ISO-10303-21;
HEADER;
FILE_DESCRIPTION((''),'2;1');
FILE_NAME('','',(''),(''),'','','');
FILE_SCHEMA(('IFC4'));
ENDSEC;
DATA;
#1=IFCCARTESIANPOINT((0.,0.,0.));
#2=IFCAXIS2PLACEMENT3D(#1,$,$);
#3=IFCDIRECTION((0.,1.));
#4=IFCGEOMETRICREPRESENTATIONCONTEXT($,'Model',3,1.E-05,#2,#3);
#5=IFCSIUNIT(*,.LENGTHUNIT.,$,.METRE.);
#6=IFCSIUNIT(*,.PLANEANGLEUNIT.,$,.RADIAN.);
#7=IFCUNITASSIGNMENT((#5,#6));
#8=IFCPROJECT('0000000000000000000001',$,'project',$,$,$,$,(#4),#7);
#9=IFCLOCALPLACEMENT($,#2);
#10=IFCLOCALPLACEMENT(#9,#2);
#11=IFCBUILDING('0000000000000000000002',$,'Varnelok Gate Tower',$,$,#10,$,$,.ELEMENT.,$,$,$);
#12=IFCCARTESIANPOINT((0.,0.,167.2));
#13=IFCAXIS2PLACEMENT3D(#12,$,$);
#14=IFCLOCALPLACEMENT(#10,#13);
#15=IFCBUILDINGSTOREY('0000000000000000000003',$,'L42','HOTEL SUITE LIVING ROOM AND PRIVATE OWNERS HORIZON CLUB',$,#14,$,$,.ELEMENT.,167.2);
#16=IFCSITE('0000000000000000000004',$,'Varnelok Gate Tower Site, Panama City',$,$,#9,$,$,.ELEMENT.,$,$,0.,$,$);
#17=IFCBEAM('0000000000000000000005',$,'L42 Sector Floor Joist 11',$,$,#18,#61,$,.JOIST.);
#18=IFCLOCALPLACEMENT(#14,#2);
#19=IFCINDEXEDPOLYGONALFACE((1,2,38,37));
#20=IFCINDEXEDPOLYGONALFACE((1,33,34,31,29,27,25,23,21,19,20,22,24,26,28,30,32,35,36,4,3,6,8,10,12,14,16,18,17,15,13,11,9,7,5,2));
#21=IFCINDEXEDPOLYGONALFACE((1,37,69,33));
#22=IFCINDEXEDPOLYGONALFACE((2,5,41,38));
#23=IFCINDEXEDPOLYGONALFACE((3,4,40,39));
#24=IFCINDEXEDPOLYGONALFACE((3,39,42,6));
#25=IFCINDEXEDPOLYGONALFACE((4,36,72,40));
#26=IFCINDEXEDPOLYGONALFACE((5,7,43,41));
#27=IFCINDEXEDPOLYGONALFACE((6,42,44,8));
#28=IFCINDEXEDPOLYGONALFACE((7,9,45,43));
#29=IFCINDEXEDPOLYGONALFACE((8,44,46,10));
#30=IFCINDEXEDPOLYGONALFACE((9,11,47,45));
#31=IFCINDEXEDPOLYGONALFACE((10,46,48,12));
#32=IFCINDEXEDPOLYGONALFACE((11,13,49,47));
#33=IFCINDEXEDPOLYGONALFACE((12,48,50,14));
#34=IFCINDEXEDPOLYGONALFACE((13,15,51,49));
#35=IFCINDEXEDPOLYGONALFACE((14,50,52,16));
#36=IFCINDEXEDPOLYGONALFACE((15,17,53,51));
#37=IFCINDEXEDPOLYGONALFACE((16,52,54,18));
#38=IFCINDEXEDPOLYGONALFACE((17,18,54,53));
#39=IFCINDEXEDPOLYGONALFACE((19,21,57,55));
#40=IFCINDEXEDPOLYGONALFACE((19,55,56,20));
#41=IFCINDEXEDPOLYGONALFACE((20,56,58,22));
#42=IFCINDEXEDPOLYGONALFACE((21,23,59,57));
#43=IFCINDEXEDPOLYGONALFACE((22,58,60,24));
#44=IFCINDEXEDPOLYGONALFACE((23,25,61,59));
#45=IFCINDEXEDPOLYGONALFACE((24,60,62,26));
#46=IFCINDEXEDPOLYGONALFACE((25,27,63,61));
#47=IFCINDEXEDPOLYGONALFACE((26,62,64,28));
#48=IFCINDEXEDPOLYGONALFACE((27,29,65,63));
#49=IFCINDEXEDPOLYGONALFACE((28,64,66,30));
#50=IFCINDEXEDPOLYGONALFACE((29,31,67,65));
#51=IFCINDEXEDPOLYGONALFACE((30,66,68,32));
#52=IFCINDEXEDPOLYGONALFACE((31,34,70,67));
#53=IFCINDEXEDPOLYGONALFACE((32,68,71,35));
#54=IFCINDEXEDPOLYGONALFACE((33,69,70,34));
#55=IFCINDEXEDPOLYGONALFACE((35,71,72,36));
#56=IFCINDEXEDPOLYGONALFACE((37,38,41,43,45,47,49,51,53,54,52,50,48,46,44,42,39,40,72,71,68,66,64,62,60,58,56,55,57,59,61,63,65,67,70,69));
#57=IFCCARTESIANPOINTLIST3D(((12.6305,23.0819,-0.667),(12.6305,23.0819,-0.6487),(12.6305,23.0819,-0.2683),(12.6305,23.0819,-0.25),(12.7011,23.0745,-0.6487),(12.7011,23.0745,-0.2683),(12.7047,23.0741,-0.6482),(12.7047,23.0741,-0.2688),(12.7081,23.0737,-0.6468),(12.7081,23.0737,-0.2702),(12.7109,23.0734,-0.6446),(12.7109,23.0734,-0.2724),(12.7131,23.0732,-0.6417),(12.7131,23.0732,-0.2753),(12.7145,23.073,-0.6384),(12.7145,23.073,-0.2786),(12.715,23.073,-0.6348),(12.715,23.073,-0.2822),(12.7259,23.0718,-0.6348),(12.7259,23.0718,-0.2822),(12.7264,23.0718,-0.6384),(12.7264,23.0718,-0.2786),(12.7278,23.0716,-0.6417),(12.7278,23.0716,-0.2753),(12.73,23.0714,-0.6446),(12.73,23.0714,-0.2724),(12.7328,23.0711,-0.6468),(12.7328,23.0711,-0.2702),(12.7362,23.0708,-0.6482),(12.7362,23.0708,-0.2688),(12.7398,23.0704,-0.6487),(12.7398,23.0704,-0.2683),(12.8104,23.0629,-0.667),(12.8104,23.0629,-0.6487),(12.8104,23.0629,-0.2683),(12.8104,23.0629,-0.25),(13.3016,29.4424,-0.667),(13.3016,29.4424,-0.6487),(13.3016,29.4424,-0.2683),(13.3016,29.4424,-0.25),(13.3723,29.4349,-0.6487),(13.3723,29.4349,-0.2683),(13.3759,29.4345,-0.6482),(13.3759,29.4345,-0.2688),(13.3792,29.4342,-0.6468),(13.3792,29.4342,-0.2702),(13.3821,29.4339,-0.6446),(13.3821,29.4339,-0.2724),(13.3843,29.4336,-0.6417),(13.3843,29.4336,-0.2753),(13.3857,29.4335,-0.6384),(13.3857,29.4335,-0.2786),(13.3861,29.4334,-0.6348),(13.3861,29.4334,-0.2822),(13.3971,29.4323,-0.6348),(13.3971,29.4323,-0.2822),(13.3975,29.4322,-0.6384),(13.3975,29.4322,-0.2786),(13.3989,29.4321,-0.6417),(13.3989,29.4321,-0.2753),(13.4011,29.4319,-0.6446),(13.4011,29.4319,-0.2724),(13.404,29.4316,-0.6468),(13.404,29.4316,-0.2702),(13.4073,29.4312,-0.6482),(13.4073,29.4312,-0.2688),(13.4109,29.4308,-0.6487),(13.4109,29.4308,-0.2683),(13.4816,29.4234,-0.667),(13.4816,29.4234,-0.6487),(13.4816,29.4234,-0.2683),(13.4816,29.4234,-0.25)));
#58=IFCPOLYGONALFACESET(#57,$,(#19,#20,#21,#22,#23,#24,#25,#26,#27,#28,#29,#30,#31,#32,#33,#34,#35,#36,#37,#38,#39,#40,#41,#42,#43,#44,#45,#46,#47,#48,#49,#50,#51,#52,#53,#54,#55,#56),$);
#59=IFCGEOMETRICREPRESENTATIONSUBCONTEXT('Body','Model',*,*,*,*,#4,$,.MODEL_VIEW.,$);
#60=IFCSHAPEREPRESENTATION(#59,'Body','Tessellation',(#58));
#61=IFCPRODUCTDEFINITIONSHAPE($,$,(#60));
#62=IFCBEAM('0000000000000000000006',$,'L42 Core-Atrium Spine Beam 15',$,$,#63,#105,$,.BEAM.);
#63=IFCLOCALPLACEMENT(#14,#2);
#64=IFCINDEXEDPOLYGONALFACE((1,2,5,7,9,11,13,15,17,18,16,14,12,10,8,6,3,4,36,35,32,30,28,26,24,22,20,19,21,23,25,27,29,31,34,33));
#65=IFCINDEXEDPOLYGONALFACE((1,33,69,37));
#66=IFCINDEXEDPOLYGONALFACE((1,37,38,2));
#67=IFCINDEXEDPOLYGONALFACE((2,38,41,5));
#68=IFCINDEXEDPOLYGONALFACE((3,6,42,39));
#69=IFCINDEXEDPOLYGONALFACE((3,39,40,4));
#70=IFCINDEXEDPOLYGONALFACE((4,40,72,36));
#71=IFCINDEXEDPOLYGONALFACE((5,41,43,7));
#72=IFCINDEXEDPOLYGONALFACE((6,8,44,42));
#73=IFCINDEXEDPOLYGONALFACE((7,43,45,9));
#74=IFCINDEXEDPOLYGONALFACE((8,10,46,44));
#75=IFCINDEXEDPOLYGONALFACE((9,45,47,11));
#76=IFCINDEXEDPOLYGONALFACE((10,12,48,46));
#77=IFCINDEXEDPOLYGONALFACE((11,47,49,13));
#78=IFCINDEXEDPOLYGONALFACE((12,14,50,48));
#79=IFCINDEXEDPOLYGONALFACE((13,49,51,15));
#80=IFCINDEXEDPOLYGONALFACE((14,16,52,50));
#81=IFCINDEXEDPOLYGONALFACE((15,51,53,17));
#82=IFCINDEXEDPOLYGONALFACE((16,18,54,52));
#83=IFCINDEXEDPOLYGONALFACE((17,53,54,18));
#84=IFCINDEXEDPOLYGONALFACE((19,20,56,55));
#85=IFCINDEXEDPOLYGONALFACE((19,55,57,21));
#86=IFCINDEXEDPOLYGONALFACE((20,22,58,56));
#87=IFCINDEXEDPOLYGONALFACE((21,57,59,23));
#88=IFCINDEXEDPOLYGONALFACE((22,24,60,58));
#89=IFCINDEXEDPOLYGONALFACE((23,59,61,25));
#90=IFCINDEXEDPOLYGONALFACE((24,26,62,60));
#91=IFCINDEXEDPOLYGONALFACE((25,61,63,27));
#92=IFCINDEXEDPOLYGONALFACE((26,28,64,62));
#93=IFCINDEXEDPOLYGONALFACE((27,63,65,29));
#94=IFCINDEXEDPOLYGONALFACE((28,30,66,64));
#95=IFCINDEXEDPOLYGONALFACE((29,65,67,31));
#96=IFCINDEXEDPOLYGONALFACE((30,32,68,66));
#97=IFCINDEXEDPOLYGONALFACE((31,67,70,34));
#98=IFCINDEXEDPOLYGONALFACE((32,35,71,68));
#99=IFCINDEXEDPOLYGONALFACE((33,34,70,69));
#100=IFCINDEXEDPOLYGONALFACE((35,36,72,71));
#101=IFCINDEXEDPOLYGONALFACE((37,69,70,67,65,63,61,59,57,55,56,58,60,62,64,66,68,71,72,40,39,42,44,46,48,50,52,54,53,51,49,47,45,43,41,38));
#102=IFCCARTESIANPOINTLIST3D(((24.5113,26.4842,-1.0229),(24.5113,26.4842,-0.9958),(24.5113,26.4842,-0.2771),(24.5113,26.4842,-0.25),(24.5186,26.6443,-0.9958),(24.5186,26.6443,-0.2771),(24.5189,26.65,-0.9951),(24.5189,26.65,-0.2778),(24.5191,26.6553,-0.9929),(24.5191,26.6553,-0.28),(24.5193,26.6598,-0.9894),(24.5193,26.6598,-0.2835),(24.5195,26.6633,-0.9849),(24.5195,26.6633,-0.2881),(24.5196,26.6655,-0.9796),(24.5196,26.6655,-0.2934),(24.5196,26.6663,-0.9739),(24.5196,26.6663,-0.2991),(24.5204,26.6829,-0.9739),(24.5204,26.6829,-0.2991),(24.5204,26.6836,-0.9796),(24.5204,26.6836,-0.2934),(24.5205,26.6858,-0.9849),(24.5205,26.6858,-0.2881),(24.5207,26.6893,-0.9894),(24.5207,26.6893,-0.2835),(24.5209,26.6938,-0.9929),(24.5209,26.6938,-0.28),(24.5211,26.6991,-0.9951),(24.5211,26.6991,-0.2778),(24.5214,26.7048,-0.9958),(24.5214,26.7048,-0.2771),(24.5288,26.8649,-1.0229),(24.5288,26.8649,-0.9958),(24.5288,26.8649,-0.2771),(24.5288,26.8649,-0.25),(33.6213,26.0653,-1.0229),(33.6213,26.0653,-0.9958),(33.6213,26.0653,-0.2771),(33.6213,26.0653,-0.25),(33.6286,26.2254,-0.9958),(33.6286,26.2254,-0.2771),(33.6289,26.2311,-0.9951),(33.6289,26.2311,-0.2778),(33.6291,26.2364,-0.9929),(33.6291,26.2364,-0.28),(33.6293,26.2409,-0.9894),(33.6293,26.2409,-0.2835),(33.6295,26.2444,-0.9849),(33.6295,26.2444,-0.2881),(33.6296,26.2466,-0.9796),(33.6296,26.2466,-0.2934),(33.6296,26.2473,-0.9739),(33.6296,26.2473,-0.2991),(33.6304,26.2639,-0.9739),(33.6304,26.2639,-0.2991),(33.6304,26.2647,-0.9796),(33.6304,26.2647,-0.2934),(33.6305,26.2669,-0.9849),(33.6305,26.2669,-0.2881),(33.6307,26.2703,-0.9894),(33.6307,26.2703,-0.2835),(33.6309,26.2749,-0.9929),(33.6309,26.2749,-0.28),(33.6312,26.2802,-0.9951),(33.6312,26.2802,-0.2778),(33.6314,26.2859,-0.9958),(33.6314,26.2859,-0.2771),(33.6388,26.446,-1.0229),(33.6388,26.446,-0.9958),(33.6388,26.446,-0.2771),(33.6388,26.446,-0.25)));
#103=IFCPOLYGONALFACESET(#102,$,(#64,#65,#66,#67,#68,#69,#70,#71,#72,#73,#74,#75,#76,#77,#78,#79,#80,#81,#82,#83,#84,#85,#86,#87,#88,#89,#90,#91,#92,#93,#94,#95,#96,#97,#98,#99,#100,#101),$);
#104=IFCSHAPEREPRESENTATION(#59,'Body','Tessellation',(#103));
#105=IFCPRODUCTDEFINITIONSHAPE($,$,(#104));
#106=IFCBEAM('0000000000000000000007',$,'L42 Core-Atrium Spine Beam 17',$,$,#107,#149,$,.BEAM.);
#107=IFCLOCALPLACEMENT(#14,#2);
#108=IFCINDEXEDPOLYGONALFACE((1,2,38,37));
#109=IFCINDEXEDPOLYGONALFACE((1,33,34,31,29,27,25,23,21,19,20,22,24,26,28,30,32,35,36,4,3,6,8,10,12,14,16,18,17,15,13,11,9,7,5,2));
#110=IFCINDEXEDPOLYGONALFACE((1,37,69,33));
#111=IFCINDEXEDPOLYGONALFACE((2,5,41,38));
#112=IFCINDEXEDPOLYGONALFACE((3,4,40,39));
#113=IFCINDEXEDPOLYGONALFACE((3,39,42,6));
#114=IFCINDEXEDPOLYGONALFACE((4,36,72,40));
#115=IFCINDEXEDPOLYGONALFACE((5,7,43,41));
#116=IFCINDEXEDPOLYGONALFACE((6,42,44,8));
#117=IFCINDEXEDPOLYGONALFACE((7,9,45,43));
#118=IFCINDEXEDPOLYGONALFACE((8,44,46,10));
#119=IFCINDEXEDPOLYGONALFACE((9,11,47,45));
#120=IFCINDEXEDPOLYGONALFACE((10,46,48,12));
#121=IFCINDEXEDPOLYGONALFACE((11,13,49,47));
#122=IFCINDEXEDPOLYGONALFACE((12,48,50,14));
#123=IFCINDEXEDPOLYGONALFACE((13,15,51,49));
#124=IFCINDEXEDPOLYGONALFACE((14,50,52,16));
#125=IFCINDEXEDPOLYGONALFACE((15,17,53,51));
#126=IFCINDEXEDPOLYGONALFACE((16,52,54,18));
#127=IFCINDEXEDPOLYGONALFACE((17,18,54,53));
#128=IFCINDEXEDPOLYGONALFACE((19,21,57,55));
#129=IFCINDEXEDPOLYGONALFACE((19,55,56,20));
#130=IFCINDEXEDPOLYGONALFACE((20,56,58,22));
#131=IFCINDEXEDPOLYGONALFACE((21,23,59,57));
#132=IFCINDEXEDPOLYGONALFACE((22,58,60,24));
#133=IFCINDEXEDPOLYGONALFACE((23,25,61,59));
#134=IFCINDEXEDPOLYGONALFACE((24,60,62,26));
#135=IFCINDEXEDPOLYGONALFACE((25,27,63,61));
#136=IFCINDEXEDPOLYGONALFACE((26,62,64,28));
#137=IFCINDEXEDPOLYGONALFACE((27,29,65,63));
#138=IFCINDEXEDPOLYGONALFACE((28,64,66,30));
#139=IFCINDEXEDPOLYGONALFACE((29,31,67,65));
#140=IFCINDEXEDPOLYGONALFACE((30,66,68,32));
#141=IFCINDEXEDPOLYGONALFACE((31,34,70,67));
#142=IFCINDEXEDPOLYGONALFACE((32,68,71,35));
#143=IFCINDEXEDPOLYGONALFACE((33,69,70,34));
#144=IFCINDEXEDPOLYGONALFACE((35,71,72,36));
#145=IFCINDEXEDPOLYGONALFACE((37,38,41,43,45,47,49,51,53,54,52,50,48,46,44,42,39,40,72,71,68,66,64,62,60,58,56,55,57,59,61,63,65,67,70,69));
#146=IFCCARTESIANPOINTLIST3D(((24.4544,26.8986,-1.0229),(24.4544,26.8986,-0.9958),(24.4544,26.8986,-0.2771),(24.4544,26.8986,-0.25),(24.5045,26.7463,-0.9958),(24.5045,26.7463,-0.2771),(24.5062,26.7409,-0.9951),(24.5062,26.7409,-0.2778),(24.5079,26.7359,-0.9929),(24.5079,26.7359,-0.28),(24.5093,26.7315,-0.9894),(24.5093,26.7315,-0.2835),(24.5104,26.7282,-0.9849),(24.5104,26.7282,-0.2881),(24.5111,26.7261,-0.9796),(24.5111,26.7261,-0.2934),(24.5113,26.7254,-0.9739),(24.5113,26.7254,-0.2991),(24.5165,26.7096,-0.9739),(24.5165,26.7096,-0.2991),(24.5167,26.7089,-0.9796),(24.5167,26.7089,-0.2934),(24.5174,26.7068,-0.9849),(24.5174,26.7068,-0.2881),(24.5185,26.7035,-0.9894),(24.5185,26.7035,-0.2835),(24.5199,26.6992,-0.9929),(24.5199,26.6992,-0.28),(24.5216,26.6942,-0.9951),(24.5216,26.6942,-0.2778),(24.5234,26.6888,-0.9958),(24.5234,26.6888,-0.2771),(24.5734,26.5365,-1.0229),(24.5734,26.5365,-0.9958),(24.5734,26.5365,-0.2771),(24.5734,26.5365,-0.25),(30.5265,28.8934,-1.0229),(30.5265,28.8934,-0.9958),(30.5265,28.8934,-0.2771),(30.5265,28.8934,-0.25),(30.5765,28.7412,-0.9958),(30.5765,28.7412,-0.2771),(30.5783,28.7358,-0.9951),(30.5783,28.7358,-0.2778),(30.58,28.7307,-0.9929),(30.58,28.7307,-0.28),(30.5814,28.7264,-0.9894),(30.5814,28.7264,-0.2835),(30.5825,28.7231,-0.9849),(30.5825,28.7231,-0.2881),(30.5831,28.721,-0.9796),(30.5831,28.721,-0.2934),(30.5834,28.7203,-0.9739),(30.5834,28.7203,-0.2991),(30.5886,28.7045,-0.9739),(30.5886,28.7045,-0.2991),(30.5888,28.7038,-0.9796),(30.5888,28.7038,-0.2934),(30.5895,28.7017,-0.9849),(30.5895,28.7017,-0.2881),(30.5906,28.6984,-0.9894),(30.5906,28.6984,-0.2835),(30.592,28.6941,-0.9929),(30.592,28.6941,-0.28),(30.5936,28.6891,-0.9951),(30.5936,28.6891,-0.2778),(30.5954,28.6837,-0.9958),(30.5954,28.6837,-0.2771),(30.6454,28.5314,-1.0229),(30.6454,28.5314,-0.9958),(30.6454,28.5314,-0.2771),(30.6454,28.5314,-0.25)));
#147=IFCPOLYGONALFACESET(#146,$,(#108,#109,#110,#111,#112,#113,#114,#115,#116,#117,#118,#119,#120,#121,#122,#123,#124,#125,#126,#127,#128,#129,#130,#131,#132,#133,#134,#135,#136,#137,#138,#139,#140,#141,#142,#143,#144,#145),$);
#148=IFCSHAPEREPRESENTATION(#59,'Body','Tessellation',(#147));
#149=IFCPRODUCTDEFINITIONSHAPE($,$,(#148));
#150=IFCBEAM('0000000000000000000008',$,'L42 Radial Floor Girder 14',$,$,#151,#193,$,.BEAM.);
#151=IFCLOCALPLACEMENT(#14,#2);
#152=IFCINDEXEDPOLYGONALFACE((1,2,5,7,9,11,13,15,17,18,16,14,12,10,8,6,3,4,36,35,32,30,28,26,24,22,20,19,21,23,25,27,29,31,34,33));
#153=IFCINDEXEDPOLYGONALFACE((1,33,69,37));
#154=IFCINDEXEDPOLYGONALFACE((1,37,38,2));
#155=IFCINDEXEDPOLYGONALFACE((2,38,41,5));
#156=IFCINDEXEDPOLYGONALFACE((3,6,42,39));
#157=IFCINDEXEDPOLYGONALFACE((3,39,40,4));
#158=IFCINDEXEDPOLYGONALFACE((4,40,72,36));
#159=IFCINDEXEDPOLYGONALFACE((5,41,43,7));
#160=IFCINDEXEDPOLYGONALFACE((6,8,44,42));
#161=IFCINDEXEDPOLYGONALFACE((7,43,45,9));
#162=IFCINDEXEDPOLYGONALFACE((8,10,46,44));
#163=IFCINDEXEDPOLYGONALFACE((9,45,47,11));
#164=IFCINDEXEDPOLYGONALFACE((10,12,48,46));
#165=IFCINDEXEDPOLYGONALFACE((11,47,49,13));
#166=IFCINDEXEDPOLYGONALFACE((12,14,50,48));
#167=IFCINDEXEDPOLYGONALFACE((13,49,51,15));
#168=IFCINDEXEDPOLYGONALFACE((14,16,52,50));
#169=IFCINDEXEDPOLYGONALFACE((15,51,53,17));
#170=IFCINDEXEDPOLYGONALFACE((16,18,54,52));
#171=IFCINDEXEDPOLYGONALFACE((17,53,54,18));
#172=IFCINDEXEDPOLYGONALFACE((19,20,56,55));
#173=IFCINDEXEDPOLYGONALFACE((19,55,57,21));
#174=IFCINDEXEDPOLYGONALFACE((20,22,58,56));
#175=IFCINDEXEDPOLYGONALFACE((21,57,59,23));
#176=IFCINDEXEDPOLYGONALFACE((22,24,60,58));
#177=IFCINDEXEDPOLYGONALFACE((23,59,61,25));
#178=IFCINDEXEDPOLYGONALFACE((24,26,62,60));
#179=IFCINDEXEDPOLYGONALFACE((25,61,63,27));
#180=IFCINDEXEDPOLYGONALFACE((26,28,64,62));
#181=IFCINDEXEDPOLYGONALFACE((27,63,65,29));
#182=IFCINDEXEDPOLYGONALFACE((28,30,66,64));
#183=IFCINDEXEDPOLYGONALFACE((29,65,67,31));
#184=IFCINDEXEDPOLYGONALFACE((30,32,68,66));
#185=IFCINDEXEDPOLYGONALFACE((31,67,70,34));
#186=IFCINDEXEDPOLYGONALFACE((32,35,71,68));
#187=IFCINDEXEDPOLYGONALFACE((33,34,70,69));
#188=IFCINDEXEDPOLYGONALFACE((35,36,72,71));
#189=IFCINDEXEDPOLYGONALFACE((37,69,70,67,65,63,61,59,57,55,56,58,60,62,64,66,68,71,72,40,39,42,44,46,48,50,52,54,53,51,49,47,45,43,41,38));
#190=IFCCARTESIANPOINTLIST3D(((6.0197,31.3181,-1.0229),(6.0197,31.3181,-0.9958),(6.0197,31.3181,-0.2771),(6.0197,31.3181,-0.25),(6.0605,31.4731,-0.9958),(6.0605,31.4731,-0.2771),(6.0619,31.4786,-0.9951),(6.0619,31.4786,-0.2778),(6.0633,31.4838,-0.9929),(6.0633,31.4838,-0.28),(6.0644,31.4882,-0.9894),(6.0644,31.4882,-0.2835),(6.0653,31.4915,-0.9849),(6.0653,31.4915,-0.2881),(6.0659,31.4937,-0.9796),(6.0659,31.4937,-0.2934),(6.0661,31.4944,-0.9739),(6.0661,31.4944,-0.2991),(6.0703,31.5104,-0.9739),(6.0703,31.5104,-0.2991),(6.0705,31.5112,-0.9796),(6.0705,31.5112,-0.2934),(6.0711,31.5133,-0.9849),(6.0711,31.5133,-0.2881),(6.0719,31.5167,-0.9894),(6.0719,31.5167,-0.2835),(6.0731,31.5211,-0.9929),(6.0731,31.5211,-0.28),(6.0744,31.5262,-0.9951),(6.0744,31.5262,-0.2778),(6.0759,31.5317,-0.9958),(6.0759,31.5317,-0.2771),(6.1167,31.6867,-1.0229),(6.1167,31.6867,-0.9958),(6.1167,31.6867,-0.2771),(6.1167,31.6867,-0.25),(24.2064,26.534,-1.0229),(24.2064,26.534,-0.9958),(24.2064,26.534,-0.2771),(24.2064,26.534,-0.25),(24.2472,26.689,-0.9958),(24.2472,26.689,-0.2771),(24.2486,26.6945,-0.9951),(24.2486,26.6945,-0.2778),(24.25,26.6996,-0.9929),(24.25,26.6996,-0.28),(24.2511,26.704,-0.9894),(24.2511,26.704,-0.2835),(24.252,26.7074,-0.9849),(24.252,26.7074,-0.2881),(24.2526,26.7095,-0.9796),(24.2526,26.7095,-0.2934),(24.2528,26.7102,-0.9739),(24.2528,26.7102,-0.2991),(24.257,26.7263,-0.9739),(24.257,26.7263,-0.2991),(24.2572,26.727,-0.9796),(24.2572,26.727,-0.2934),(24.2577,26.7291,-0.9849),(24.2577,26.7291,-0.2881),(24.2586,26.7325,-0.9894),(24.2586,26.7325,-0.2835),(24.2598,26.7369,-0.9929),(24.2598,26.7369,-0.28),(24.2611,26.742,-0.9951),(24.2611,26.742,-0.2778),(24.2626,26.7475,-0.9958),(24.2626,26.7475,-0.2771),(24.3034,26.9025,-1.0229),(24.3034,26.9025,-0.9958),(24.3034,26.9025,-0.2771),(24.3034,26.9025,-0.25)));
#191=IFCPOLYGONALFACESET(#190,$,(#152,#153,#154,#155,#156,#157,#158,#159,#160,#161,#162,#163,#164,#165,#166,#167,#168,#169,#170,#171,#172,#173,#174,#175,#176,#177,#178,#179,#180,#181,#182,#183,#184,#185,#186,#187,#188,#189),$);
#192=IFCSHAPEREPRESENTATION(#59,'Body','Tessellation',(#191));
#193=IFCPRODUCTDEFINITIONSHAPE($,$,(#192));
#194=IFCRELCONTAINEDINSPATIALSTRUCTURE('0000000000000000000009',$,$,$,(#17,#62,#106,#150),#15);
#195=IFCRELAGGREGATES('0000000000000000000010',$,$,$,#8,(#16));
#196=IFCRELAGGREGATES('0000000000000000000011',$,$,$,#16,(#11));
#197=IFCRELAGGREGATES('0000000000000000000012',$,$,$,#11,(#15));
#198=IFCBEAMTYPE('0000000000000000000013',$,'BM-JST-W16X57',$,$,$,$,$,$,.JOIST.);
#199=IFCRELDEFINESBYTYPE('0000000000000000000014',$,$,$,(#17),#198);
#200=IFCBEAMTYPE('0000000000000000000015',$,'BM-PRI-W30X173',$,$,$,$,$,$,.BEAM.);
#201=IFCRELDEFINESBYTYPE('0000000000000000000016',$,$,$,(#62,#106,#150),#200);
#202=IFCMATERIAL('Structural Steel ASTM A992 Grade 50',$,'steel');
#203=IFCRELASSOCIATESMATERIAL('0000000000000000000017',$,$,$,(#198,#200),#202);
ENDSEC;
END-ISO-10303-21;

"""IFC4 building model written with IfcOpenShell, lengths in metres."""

from ifc_helpers import new_model, si_unit, direction, frame, origin, origin_2d, place, context, subcontext, project, spatial, i_section, extrude, material, material_profile, profile_set, type_object, element, save


model = new_model("IFC4")

# Units and contexts
model_context = context("Model", 3, precision=1e-05, world=origin(), true_north=direction((0.0, 1.0)))
body_context = subcontext(model_context, "Body", "Model", "MODEL_VIEW")
ifc_project = project(units=[si_unit("LENGTHUNIT", "METRE"), si_unit("PLANEANGLEUNIT", "RADIAN")], contexts=[model_context])

# Site, building, storey
site_placement = place(None, origin())
site = spatial("IfcSite", under=ifc_project, at=site_placement, Name="Varnelok Gate Tower Site, Panama City", CompositionType="ELEMENT", RefElevation=0.0)
building_placement = place(site_placement, origin())
building = spatial("IfcBuilding", under=site, at=building_placement, Name="Varnelok Gate Tower", CompositionType="ELEMENT")
storey_placement = place(building_placement, frame((0.0, 0.0, 167.2)))
storey = spatial("IfcBuildingStorey", under=building, at=storey_placement, Name="L42", Description="HOTEL SUITE LIVING ROOM AND PRIVATE OWNERS HORIZON CLUB", CompositionType="ELEMENT", Elevation=167.2)

# Shared definitions
ifc_material_1 = material(Name="Structural Steel ASTM A992 Grade 50", Category="steel")

# Beams
ifc_material_profile_1 = material_profile(ifc_material_1, i_section(OverallWidth=0.1809, OverallDepth=0.417, WebThickness=0.011, FlangeThickness=0.0183, FilletRadius=0.0139, at=origin_2d()), Name="W16X57")
ifc_profile_set_1 = profile_set([ifc_material_profile_1], Name="Structural Steel ASTM A992 Grade 50")
beam_type_1 = type_object("IfcBeamType", Name="BM-JST-W16X57", PredefinedType="JOIST", material=ifc_profile_set_1)
beam_1_placement = place(storey_placement, frame((13.3916, 29.4329, -0.4585), z_axis=(-0.104937, -0.994479, 0.0), x_axis=(0.994479, -0.104937, 0.0)))
element("IfcBeam", 1, at=beam_1_placement, inside=storey, type_object=beam_type_1, Name="L42 Sector Floor Joist 11", PredefinedType="JOIST", context=body_context, shape_type="SweptSolid", body=[
    extrude(i_section(OverallWidth=0.1809, OverallDepth=0.417, WebThickness=0.011, FlangeThickness=0.0183, FilletRadius=0.0139, at=origin_2d()), origin(), (0.0, 0.0, 1.0), 6.3958),
])
ifc_material_profile_2 = material_profile(ifc_material_1, i_section(OverallWidth=0.3811, OverallDepth=0.7729, WebThickness=0.0166, FlangeThickness=0.0271, FilletRadius=0.022, at=origin_2d()), Name="W30X173")
ifc_profile_set_2 = profile_set([ifc_material_profile_2], Name="Structural Steel ASTM A992 Grade 50")
beam_type_2 = type_object("IfcBeamType", Name="BM-PRI-W30X173", PredefinedType="BEAM", material=ifc_profile_set_2)
beam_2_placement = place(storey_placement, frame((24.52, 26.6746, -0.6365), z_axis=(0.998944, -0.045938, 0.0), x_axis=(0.045938, 0.998944, 0.0)))
element("IfcBeam", 2, at=beam_2_placement, inside=storey, type_object=beam_type_2, Name="L42 Core-Atrium Spine Beam 15", PredefinedType="BEAM", context=body_context, shape_type="SweptSolid", body=[
    extrude(i_section(OverallWidth=0.3811, OverallDepth=0.7729, WebThickness=0.0166, FlangeThickness=0.0271, FilletRadius=0.022, at=origin_2d()), origin(), (0.0, 0.0, 1.0), 9.1196),
])
beam_3_placement = place(storey_placement, frame((24.5139, 26.7175, -0.6365), z_axis=(0.950042, 0.312122, 0.0), x_axis=(-0.312122, 0.950042, 0.0)))
element("IfcBeam", 3, at=beam_3_placement, inside=storey, type_object=beam_type_2, Name="L42 Core-Atrium Spine Beam 17", PredefinedType="BEAM", context=body_context, shape_type="SweptSolid", body=[
    extrude(i_section(OverallWidth=0.3811, OverallDepth=0.7729, WebThickness=0.0166, FlangeThickness=0.0271, FilletRadius=0.022, at=origin_2d()), origin(), (0.0, 0.0, 1.0), 6.3914),
])
beam_4_placement = place(storey_placement, frame((24.2549, 26.7183, -0.6365), z_axis=(-0.967098, 0.254403, 0.0), x_axis=(-0.254403, -0.967098, 0.0)))
element("IfcBeam", 4, at=beam_4_placement, inside=storey, type_object=beam_type_2, Name="L42 Radial Floor Girder 14", PredefinedType="BEAM", context=body_context, shape_type="SweptSolid", body=[
    extrude(i_section(OverallWidth=0.3811, OverallDepth=0.7729, WebThickness=0.0166, FlangeThickness=0.0271, FilletRadius=0.022, at=origin_2d()), origin(), (0.0, 0.0, 1.0), 18.8054),
])

save(model, "model.ifc")
